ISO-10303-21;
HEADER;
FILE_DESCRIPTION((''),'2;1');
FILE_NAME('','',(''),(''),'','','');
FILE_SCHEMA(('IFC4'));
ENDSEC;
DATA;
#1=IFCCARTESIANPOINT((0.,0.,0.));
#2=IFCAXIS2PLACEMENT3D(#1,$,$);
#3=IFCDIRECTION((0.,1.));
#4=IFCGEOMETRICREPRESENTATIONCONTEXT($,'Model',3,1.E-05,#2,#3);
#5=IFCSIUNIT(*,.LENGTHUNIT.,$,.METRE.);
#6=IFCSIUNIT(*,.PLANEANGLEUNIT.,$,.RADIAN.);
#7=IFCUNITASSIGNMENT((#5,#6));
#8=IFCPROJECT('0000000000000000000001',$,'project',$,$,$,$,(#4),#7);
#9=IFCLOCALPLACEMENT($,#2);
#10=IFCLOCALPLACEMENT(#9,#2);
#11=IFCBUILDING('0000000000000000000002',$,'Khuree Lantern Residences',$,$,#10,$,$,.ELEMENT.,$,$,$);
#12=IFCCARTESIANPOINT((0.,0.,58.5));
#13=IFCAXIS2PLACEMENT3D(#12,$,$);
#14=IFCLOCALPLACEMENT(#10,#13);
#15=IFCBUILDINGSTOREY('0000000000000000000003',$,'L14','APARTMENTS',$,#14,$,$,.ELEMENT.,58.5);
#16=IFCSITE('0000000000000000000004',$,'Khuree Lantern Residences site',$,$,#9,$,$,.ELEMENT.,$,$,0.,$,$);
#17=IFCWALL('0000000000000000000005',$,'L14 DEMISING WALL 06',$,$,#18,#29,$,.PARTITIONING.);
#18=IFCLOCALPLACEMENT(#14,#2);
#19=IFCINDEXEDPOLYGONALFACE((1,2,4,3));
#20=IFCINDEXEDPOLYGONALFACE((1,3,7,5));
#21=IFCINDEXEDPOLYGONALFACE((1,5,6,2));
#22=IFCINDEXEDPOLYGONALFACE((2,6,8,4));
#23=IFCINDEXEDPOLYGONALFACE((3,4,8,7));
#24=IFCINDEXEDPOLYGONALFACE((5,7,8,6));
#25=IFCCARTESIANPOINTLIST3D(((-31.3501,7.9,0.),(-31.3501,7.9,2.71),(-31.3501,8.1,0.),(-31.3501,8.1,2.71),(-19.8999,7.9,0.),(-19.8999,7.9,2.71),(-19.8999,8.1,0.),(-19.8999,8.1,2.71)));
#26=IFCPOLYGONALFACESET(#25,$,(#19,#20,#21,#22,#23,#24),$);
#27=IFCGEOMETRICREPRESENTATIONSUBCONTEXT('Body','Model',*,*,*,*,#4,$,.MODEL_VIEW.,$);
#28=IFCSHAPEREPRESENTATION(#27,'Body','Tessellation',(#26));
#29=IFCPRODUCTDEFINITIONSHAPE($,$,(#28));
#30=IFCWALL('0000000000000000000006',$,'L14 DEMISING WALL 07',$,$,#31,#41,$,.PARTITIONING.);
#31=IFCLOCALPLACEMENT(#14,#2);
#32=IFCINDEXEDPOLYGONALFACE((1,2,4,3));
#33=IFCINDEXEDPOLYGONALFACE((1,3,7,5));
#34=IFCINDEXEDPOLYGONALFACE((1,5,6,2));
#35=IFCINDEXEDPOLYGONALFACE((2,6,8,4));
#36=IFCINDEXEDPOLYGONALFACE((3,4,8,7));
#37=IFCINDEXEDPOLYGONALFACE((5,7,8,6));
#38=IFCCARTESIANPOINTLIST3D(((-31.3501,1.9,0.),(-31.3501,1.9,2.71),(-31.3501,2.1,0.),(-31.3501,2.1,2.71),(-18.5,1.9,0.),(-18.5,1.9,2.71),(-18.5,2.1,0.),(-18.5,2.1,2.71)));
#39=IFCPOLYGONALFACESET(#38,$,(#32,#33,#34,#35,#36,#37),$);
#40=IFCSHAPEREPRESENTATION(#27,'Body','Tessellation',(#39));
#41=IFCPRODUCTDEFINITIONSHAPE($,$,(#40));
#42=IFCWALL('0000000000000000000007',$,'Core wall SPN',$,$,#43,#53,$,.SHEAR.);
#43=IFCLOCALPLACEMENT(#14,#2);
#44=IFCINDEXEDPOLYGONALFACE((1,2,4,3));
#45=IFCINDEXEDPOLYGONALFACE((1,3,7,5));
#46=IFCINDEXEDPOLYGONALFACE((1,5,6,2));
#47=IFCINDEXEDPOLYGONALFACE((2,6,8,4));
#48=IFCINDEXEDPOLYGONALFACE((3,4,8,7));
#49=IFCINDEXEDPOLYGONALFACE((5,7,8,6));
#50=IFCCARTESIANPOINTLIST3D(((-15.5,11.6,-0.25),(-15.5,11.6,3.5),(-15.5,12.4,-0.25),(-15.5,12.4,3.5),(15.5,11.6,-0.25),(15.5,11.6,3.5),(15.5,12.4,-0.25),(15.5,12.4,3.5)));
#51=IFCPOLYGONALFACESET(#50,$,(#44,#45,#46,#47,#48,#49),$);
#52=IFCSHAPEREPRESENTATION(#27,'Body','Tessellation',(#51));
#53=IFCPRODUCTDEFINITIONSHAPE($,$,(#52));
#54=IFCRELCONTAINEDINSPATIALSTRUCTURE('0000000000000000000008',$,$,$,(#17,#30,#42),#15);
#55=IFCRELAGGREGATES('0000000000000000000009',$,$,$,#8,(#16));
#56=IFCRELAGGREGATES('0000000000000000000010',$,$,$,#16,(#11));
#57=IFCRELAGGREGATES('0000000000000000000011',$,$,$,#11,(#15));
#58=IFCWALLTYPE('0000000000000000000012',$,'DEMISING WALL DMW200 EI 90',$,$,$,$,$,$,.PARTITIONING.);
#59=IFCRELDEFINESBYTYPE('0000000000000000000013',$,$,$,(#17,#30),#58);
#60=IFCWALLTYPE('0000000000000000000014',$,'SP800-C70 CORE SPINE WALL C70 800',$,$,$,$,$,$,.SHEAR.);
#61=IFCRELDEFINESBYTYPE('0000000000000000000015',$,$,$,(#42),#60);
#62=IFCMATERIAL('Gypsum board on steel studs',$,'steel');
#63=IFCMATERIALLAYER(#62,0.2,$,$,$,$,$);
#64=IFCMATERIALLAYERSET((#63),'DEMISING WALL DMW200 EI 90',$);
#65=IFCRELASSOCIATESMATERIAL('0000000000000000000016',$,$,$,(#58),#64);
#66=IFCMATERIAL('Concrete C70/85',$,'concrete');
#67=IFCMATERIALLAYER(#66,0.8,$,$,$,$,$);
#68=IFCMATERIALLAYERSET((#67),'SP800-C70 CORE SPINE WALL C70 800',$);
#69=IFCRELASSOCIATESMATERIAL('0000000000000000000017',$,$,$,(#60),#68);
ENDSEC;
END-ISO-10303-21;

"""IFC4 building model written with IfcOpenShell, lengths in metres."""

from ifc_helpers import new_model, si_unit, direction, frame, frame_2d, origin, place, context, subcontext, project, spatial, rectangle, extrude, material, layer, layer_set, type_object, element, save


model = new_model("IFC4")

# Units and contexts
model_context = context("Model", 3, precision=1e-05, world=origin(), true_north=direction((0.0, 1.0)))
body_context = subcontext(model_context, "Body", "Model", "MODEL_VIEW")
ifc_project = project(units=[si_unit("LENGTHUNIT", "METRE"), si_unit("PLANEANGLEUNIT", "RADIAN")], contexts=[model_context])

# Site, building, storey
site_placement = place(None, origin())
site = spatial("IfcSite", under=ifc_project, at=site_placement, Name="Khuree Lantern Residences site", CompositionType="ELEMENT", RefElevation=0.0)
building_placement = place(site_placement, origin())
building = spatial("IfcBuilding", under=site, at=building_placement, Name="Khuree Lantern Residences", CompositionType="ELEMENT")
storey_placement = place(building_placement, frame((0.0, 0.0, 58.5)))
storey = spatial("IfcBuildingStorey", under=building, at=storey_placement, Name="L14", Description="APARTMENTS", CompositionType="ELEMENT", Elevation=58.5)

# Shared definitions
ifc_material_1 = material(Name="Concrete C70/85", Category="concrete")

# Shared definitions
ifc_material_2 = material(Name="Gypsum board on steel studs", Category="steel")

# Walls
ifc_layer_1 = layer(ifc_material_2, 0.2)
ifc_layer_set_1 = layer_set([ifc_layer_1], Name="DEMISING WALL DMW200 EI 90")
wall_type_1 = type_object("IfcWallType", Name="DEMISING WALL DMW200 EI 90", PredefinedType="PARTITIONING", material=ifc_layer_set_1)
wall_1_placement = place(storey_placement, frame((-19.8999, 8.0, 0.0), z_axis=(0.0, 0.0, 1.0), x_axis=(-1.0, 0.0, 0.0)))
element("IfcWall", 1, at=wall_1_placement, inside=storey, type_object=wall_type_1, Name="L14 DEMISING WALL 06", PredefinedType="PARTITIONING", context=body_context, shape_type="SweptSolid", body=[
    extrude(rectangle(XDim=11.4502, YDim=0.2, at=frame_2d((5.7251, 0.0))), origin(), (0.0, 0.0, 1.0), 2.71),
])
wall_2_placement = place(storey_placement, frame((-18.5, 2.0, 0.0), z_axis=(0.0, 0.0, 1.0), x_axis=(-1.0, 0.0, 0.0)))
element("IfcWall", 2, at=wall_2_placement, inside=storey, type_object=wall_type_1, Name="L14 DEMISING WALL 07", PredefinedType="PARTITIONING", context=body_context, shape_type="SweptSolid", body=[
    extrude(rectangle(XDim=12.8501, YDim=0.2, at=frame_2d((6.425, 0.0))), origin(), (0.0, 0.0, 1.0), 2.71),
])
ifc_layer_2 = layer(ifc_material_1, 0.8)
ifc_layer_set_2 = layer_set([ifc_layer_2], Name="SP800-C70 CORE SPINE WALL C70 800")
wall_type_2 = type_object("IfcWallType", Name="SP800-C70 CORE SPINE WALL C70 800", PredefinedType="SHEAR", material=ifc_layer_set_2)
wall_3_placement = place(storey_placement, frame((-15.5, 12.0, -0.25), z_axis=(0.0, 0.0, 1.0), x_axis=(1.0, 0.0, 0.0)))
element("IfcWall", 3, at=wall_3_placement, inside=storey, type_object=wall_type_2, Name="Core wall SPN", PredefinedType="SHEAR", context=body_context, shape_type="SweptSolid", body=[
    extrude(rectangle(XDim=31.0, YDim=0.8, at=frame_2d((15.5, 0.0))), origin(), (0.0, 0.0, 1.0), 3.75),
])

save(model, "model.ifc")
